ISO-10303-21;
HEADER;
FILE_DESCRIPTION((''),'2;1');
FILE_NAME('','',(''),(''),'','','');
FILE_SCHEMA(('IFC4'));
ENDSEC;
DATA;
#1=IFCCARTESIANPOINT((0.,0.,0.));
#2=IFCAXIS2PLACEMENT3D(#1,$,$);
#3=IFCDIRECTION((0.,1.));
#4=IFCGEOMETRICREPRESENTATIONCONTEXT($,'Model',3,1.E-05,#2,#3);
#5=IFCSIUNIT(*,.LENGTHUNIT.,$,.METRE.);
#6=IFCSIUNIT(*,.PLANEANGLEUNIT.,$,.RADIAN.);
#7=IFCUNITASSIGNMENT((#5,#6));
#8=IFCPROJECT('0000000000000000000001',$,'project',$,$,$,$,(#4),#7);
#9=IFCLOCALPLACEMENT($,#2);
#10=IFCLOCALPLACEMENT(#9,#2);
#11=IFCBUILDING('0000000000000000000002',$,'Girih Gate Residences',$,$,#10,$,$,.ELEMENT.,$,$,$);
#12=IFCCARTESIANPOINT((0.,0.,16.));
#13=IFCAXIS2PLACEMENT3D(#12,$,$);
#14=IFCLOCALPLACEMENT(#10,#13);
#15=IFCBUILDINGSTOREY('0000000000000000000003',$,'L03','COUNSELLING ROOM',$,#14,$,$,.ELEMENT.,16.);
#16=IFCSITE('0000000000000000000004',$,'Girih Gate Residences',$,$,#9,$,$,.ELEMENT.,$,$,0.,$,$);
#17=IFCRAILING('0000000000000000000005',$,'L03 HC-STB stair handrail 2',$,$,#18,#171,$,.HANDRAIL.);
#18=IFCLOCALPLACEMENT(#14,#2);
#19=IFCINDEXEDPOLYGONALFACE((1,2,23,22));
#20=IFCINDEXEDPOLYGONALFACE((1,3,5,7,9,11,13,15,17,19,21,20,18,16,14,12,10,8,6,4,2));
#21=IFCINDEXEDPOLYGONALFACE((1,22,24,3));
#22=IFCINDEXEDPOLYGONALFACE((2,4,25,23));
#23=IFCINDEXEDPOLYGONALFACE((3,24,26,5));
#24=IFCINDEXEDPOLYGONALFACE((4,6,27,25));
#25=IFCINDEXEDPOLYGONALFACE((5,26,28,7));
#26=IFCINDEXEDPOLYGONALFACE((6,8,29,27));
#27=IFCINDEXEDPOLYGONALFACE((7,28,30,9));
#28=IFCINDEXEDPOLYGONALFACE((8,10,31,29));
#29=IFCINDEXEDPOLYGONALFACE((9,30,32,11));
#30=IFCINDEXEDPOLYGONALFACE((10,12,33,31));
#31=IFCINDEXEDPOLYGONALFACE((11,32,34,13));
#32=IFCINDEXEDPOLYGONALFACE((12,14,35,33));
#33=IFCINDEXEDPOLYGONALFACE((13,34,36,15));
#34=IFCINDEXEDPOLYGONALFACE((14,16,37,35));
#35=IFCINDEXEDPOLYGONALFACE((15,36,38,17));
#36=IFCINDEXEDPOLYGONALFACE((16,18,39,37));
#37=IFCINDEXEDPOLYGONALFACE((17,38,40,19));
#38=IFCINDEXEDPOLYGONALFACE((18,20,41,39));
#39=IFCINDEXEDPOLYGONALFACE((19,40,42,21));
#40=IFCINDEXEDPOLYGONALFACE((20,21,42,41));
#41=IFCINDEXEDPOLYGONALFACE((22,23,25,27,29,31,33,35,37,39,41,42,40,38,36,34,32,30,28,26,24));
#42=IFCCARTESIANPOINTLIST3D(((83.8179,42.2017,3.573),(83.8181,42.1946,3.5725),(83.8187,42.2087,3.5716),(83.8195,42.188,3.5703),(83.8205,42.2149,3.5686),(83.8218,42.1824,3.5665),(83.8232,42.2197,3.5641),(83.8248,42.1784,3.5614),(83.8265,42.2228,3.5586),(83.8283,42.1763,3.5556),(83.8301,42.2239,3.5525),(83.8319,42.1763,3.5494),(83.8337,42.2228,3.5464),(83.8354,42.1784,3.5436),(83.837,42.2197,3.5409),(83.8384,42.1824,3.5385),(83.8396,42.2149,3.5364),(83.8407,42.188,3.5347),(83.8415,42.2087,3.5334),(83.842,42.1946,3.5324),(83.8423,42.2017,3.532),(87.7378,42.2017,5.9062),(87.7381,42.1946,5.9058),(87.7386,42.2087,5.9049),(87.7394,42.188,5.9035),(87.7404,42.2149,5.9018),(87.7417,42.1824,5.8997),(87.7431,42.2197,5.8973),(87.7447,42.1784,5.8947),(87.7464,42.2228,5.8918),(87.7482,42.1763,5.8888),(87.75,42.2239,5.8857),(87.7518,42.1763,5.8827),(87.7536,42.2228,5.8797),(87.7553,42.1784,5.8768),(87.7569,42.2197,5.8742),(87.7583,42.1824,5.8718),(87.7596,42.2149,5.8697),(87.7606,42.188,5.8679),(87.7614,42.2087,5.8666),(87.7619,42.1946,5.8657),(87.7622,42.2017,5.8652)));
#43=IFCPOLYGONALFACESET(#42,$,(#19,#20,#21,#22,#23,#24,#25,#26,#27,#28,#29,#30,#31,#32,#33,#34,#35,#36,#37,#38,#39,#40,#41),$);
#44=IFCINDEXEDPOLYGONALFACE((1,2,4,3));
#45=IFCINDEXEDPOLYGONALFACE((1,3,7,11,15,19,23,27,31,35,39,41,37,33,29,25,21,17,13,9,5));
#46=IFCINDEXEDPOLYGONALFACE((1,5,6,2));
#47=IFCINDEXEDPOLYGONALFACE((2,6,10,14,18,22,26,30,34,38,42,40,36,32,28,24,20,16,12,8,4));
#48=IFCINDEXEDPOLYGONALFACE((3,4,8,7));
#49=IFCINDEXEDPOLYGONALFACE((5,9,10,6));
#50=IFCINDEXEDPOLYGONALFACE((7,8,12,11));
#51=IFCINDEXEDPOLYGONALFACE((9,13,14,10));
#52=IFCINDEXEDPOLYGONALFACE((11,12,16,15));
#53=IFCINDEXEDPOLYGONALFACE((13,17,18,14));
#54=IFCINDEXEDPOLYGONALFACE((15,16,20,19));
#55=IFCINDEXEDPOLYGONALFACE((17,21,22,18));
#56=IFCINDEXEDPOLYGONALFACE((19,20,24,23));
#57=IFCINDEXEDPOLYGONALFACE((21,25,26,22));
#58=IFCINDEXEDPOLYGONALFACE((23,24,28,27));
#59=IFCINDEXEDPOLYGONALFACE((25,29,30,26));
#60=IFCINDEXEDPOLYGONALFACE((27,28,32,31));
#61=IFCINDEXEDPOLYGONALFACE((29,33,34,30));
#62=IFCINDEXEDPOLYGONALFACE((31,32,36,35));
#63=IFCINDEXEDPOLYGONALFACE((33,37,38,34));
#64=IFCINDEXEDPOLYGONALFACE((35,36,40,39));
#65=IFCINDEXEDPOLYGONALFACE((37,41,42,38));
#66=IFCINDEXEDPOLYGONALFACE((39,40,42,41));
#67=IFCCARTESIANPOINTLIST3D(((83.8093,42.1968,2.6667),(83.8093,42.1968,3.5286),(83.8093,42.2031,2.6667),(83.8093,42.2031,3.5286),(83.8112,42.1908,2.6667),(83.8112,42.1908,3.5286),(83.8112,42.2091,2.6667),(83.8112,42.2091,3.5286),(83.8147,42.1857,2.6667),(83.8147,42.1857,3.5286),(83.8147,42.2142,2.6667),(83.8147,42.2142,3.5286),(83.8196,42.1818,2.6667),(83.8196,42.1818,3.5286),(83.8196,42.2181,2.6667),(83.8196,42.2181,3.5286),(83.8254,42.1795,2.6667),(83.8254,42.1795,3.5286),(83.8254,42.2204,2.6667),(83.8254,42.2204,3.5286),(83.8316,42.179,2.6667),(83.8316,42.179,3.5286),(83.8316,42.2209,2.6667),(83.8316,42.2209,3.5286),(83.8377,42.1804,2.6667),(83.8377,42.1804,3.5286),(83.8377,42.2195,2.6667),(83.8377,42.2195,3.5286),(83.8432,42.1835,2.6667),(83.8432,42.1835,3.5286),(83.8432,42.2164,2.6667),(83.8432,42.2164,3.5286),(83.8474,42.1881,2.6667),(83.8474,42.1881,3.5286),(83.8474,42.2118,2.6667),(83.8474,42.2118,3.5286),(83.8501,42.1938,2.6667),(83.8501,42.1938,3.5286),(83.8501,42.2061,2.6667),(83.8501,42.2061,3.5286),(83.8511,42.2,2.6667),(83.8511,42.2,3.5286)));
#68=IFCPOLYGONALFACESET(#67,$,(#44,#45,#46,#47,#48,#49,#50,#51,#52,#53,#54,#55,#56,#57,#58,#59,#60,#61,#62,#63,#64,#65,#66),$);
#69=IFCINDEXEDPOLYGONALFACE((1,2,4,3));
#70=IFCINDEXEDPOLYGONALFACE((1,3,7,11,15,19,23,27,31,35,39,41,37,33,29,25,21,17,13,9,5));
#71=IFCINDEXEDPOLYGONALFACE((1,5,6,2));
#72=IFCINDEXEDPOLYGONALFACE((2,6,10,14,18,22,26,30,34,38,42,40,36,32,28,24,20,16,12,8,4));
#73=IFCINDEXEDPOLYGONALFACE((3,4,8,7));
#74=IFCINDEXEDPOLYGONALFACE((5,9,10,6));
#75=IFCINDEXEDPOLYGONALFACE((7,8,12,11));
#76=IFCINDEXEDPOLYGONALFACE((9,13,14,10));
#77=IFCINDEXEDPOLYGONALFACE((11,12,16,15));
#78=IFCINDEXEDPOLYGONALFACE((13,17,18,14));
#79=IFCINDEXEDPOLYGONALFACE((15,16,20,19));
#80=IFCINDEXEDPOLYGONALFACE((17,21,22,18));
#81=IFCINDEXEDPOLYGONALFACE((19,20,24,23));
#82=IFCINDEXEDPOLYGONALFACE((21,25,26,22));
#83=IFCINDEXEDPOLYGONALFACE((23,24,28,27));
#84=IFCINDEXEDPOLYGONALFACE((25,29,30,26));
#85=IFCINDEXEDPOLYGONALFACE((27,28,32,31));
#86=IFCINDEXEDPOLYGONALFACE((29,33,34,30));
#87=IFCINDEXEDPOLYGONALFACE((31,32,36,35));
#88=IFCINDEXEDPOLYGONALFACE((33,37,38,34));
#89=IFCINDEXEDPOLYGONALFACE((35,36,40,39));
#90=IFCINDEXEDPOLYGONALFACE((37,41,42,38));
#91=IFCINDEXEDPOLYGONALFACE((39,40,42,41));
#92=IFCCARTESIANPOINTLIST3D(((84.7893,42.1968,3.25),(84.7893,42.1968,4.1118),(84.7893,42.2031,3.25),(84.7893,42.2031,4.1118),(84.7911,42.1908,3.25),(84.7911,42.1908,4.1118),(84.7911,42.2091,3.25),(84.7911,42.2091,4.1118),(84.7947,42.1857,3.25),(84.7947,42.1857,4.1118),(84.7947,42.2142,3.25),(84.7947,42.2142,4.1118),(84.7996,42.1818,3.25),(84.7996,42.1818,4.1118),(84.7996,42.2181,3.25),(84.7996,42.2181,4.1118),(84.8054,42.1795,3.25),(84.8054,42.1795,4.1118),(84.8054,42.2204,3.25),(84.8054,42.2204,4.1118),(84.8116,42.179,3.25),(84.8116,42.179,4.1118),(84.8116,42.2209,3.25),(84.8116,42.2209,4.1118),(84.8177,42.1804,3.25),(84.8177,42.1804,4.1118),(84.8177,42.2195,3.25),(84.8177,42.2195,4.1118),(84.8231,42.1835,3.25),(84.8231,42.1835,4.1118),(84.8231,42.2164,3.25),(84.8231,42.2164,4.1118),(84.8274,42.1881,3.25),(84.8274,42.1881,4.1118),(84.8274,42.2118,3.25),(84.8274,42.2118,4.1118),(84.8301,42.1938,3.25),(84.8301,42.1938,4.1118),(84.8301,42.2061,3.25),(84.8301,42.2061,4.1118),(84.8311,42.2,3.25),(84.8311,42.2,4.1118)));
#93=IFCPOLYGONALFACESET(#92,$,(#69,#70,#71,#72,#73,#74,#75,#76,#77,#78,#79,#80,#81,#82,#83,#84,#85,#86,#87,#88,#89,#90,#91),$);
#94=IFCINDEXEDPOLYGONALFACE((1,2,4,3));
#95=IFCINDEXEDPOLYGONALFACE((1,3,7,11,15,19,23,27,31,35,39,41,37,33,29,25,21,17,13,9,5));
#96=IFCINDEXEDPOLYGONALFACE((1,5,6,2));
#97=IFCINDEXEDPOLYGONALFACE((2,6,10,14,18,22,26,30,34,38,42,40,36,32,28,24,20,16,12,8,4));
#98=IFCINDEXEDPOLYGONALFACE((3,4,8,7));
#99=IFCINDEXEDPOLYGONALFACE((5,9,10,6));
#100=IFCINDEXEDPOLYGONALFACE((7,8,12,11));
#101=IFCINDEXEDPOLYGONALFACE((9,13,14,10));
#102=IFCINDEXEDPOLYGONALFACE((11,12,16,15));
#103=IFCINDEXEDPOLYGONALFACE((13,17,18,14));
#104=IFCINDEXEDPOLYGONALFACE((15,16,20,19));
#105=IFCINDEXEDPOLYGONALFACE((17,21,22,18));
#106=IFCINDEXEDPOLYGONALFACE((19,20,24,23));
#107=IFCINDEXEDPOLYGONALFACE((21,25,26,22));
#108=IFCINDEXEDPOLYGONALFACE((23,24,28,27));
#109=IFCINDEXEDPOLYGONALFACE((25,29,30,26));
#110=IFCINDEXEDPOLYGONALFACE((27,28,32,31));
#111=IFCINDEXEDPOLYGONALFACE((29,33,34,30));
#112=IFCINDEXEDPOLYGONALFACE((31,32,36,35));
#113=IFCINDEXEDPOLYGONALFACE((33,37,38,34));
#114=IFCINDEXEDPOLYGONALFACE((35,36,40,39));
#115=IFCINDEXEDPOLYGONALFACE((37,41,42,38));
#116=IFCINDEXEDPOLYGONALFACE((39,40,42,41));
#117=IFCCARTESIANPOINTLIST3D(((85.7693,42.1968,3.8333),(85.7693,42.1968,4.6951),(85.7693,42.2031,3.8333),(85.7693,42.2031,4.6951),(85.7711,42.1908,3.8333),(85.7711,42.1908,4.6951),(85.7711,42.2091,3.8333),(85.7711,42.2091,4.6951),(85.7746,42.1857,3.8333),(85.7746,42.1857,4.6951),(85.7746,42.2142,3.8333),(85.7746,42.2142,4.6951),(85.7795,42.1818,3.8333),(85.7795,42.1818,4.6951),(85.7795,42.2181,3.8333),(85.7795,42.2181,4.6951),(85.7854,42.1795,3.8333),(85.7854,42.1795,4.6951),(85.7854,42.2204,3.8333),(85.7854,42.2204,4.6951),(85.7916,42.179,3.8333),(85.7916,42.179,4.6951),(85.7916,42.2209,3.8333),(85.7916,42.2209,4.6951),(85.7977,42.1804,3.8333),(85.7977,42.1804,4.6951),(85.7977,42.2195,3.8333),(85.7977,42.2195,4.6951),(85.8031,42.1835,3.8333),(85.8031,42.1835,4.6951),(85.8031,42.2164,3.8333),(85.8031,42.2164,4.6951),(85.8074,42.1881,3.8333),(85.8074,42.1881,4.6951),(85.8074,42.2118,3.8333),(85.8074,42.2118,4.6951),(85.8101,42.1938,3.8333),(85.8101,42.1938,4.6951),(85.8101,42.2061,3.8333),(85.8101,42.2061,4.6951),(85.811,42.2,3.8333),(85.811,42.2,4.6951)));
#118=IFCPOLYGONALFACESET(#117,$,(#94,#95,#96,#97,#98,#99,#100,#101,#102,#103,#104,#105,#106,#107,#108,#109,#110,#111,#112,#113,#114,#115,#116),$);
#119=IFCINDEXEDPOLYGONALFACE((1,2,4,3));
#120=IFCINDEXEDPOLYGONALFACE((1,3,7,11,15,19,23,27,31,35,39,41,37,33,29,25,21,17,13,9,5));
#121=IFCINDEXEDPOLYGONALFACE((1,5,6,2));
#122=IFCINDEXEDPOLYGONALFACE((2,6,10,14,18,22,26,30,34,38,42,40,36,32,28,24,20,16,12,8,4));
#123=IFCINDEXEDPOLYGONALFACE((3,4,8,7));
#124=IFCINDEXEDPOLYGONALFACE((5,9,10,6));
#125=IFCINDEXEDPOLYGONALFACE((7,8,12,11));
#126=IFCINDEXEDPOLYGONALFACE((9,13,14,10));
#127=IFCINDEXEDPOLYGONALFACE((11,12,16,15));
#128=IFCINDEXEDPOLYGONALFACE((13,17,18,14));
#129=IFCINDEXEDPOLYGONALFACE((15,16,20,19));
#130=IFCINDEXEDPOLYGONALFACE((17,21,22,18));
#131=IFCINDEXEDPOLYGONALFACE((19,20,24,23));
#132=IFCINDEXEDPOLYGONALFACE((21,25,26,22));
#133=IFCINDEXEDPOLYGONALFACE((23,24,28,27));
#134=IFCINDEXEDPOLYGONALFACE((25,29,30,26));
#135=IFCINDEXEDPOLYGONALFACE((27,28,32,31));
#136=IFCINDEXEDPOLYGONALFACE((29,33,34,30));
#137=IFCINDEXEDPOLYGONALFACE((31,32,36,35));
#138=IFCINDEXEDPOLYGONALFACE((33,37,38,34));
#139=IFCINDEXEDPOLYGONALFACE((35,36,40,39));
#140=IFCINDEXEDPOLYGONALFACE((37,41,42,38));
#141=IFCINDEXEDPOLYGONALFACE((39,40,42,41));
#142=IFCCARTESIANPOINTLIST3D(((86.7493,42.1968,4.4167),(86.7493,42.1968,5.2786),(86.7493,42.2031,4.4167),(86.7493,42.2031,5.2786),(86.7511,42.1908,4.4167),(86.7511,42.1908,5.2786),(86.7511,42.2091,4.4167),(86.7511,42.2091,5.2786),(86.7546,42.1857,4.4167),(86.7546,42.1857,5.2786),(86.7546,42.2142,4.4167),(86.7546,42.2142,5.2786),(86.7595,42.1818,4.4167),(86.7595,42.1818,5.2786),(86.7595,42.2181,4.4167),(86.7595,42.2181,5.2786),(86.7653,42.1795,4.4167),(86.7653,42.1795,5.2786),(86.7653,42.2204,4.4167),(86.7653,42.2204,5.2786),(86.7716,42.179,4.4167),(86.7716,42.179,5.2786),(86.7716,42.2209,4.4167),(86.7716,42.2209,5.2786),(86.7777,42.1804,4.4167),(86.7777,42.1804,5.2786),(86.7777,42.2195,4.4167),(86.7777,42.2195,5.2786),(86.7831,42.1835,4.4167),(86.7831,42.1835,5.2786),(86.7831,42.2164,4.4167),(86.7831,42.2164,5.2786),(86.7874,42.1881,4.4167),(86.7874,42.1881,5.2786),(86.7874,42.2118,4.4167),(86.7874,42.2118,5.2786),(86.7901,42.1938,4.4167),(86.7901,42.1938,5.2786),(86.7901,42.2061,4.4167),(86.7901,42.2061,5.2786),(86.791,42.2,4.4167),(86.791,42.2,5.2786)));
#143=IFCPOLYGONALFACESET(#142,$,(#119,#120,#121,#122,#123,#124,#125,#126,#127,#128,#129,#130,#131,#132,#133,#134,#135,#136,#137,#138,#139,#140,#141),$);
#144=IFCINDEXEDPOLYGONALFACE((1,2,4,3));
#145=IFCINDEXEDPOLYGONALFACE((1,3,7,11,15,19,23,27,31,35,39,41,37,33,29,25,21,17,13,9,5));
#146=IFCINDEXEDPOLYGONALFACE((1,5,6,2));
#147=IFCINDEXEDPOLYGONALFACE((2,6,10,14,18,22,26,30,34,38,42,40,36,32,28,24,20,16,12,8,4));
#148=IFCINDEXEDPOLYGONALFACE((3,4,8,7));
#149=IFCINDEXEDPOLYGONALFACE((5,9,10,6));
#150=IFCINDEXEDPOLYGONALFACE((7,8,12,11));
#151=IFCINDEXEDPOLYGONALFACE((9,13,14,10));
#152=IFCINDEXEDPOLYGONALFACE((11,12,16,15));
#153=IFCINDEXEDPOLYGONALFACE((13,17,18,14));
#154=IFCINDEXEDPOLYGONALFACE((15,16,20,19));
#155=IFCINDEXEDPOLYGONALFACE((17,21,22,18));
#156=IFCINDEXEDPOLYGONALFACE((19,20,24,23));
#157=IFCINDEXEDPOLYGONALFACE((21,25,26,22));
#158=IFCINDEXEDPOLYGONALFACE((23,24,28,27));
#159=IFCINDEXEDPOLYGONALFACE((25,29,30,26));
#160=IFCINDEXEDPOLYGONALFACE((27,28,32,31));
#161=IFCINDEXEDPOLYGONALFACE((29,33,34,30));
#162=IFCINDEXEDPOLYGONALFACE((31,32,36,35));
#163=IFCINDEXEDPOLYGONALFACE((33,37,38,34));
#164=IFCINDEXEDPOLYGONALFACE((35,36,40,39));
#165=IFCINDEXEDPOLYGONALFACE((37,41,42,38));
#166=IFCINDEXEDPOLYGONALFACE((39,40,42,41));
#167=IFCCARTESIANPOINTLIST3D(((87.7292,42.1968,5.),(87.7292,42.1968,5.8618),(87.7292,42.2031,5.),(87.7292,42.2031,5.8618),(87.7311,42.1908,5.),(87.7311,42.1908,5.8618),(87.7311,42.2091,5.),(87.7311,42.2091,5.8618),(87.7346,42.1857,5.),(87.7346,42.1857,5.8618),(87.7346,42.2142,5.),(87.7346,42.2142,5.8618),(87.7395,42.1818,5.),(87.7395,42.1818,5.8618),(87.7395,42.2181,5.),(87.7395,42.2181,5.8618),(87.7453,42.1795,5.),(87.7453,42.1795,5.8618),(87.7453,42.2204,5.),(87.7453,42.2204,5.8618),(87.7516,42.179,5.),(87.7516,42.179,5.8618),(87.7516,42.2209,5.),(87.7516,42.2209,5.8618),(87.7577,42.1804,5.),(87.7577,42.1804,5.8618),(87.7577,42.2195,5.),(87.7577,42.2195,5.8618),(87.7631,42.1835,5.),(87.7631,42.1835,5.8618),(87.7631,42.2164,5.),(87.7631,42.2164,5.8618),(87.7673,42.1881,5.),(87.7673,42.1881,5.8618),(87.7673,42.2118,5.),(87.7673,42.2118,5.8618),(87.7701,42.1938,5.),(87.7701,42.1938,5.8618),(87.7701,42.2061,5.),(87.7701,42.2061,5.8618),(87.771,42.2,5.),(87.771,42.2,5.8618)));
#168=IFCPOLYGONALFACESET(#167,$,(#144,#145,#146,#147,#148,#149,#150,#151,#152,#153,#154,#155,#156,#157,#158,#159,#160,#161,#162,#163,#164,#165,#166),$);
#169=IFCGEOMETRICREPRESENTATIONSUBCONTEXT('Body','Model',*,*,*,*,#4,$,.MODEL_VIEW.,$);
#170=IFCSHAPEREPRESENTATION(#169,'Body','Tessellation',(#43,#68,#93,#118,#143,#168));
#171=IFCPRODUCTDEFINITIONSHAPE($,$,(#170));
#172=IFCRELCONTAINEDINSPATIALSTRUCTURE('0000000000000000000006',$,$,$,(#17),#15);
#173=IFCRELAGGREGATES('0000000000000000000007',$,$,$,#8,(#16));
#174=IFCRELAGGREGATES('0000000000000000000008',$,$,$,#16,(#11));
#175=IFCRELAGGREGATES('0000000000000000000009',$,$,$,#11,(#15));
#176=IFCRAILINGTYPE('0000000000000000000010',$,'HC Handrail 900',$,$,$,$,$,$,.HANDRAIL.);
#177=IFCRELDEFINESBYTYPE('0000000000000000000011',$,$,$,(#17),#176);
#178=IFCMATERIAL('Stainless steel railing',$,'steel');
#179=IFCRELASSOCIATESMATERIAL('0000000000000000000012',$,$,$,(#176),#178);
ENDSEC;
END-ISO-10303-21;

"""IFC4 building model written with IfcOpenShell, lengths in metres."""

from ifc_helpers import new_model, si_unit, direction, frame, origin, origin_2d, place, context, subcontext, project, spatial, circle, extrude, material, type_object, element, save


model = new_model("IFC4")

# Units and contexts
model_context = context("Model", 3, precision=1e-05, world=origin(), true_north=direction((0.0, 1.0)))
body_context = subcontext(model_context, "Body", "Model", "MODEL_VIEW")
ifc_project = project(units=[si_unit("LENGTHUNIT", "METRE"), si_unit("PLANEANGLEUNIT", "RADIAN")], contexts=[model_context])

# Site, building, storey
site_placement = place(None, origin())
site = spatial("IfcSite", under=ifc_project, at=site_placement, Name="Girih Gate Residences", CompositionType="ELEMENT", RefElevation=0.0)
building_placement = place(site_placement, origin())
building = spatial("IfcBuilding", under=site, at=building_placement, Name="Girih Gate Residences", CompositionType="ELEMENT")
storey_placement = place(building_placement, frame((0.0, 0.0, 16.0)))
storey = spatial("IfcBuildingStorey", under=building, at=storey_placement, Name="L03", Description="COUNSELLING ROOM", CompositionType="ELEMENT", Elevation=16.0)

# Railing
ifc_material_1 = material(Name="Stainless steel railing", Category="steel")
railing_type_1 = type_object("IfcRailingType", Name="HC Handrail 900", PredefinedType="HANDRAIL", material=ifc_material_1)
railing_1_placement = place(storey_placement, frame((83.8301, 42.2, 2.6667)))
element("IfcRailing", 1, at=railing_1_placement, inside=storey, type_object=railing_type_1, Name="L03 HC-STB stair handrail 2", PredefinedType="HANDRAIL", context=body_context, shape_type="SweptSolid", body=[
    extrude(circle(Radius=0.0239, at=origin_2d()), frame((0.0, 0.0, 0.8857), z_axis=(0.859296, 0.0, 0.511478), x_axis=(0.0, 1.0, 0.0)), (0.0, 0.0, 1.0), 4.5618),
    extrude(circle(Radius=0.021, at=origin_2d()), origin(), (0.0, 0.0, 1.0), 0.8618),
    extrude(circle(Radius=0.021, at=origin_2d()), frame((0.98, 0.0, 0.5833)), (0.0, 0.0, 1.0), 0.8618),
    extrude(circle(Radius=0.021, at=origin_2d()), frame((1.96, 0.0, 1.1665)), (0.0, 0.0, 1.0), 0.8618),
    extrude(circle(Radius=0.021, at=origin_2d()), frame((2.9399, 0.0, 1.75)), (0.0, 0.0, 1.0), 0.8618),
    extrude(circle(Radius=0.021, at=origin_2d()), frame((3.9199, 0.0, 2.3333)), (0.0, 0.0, 1.0), 0.8618),
])

save(model, "model.ifc")
